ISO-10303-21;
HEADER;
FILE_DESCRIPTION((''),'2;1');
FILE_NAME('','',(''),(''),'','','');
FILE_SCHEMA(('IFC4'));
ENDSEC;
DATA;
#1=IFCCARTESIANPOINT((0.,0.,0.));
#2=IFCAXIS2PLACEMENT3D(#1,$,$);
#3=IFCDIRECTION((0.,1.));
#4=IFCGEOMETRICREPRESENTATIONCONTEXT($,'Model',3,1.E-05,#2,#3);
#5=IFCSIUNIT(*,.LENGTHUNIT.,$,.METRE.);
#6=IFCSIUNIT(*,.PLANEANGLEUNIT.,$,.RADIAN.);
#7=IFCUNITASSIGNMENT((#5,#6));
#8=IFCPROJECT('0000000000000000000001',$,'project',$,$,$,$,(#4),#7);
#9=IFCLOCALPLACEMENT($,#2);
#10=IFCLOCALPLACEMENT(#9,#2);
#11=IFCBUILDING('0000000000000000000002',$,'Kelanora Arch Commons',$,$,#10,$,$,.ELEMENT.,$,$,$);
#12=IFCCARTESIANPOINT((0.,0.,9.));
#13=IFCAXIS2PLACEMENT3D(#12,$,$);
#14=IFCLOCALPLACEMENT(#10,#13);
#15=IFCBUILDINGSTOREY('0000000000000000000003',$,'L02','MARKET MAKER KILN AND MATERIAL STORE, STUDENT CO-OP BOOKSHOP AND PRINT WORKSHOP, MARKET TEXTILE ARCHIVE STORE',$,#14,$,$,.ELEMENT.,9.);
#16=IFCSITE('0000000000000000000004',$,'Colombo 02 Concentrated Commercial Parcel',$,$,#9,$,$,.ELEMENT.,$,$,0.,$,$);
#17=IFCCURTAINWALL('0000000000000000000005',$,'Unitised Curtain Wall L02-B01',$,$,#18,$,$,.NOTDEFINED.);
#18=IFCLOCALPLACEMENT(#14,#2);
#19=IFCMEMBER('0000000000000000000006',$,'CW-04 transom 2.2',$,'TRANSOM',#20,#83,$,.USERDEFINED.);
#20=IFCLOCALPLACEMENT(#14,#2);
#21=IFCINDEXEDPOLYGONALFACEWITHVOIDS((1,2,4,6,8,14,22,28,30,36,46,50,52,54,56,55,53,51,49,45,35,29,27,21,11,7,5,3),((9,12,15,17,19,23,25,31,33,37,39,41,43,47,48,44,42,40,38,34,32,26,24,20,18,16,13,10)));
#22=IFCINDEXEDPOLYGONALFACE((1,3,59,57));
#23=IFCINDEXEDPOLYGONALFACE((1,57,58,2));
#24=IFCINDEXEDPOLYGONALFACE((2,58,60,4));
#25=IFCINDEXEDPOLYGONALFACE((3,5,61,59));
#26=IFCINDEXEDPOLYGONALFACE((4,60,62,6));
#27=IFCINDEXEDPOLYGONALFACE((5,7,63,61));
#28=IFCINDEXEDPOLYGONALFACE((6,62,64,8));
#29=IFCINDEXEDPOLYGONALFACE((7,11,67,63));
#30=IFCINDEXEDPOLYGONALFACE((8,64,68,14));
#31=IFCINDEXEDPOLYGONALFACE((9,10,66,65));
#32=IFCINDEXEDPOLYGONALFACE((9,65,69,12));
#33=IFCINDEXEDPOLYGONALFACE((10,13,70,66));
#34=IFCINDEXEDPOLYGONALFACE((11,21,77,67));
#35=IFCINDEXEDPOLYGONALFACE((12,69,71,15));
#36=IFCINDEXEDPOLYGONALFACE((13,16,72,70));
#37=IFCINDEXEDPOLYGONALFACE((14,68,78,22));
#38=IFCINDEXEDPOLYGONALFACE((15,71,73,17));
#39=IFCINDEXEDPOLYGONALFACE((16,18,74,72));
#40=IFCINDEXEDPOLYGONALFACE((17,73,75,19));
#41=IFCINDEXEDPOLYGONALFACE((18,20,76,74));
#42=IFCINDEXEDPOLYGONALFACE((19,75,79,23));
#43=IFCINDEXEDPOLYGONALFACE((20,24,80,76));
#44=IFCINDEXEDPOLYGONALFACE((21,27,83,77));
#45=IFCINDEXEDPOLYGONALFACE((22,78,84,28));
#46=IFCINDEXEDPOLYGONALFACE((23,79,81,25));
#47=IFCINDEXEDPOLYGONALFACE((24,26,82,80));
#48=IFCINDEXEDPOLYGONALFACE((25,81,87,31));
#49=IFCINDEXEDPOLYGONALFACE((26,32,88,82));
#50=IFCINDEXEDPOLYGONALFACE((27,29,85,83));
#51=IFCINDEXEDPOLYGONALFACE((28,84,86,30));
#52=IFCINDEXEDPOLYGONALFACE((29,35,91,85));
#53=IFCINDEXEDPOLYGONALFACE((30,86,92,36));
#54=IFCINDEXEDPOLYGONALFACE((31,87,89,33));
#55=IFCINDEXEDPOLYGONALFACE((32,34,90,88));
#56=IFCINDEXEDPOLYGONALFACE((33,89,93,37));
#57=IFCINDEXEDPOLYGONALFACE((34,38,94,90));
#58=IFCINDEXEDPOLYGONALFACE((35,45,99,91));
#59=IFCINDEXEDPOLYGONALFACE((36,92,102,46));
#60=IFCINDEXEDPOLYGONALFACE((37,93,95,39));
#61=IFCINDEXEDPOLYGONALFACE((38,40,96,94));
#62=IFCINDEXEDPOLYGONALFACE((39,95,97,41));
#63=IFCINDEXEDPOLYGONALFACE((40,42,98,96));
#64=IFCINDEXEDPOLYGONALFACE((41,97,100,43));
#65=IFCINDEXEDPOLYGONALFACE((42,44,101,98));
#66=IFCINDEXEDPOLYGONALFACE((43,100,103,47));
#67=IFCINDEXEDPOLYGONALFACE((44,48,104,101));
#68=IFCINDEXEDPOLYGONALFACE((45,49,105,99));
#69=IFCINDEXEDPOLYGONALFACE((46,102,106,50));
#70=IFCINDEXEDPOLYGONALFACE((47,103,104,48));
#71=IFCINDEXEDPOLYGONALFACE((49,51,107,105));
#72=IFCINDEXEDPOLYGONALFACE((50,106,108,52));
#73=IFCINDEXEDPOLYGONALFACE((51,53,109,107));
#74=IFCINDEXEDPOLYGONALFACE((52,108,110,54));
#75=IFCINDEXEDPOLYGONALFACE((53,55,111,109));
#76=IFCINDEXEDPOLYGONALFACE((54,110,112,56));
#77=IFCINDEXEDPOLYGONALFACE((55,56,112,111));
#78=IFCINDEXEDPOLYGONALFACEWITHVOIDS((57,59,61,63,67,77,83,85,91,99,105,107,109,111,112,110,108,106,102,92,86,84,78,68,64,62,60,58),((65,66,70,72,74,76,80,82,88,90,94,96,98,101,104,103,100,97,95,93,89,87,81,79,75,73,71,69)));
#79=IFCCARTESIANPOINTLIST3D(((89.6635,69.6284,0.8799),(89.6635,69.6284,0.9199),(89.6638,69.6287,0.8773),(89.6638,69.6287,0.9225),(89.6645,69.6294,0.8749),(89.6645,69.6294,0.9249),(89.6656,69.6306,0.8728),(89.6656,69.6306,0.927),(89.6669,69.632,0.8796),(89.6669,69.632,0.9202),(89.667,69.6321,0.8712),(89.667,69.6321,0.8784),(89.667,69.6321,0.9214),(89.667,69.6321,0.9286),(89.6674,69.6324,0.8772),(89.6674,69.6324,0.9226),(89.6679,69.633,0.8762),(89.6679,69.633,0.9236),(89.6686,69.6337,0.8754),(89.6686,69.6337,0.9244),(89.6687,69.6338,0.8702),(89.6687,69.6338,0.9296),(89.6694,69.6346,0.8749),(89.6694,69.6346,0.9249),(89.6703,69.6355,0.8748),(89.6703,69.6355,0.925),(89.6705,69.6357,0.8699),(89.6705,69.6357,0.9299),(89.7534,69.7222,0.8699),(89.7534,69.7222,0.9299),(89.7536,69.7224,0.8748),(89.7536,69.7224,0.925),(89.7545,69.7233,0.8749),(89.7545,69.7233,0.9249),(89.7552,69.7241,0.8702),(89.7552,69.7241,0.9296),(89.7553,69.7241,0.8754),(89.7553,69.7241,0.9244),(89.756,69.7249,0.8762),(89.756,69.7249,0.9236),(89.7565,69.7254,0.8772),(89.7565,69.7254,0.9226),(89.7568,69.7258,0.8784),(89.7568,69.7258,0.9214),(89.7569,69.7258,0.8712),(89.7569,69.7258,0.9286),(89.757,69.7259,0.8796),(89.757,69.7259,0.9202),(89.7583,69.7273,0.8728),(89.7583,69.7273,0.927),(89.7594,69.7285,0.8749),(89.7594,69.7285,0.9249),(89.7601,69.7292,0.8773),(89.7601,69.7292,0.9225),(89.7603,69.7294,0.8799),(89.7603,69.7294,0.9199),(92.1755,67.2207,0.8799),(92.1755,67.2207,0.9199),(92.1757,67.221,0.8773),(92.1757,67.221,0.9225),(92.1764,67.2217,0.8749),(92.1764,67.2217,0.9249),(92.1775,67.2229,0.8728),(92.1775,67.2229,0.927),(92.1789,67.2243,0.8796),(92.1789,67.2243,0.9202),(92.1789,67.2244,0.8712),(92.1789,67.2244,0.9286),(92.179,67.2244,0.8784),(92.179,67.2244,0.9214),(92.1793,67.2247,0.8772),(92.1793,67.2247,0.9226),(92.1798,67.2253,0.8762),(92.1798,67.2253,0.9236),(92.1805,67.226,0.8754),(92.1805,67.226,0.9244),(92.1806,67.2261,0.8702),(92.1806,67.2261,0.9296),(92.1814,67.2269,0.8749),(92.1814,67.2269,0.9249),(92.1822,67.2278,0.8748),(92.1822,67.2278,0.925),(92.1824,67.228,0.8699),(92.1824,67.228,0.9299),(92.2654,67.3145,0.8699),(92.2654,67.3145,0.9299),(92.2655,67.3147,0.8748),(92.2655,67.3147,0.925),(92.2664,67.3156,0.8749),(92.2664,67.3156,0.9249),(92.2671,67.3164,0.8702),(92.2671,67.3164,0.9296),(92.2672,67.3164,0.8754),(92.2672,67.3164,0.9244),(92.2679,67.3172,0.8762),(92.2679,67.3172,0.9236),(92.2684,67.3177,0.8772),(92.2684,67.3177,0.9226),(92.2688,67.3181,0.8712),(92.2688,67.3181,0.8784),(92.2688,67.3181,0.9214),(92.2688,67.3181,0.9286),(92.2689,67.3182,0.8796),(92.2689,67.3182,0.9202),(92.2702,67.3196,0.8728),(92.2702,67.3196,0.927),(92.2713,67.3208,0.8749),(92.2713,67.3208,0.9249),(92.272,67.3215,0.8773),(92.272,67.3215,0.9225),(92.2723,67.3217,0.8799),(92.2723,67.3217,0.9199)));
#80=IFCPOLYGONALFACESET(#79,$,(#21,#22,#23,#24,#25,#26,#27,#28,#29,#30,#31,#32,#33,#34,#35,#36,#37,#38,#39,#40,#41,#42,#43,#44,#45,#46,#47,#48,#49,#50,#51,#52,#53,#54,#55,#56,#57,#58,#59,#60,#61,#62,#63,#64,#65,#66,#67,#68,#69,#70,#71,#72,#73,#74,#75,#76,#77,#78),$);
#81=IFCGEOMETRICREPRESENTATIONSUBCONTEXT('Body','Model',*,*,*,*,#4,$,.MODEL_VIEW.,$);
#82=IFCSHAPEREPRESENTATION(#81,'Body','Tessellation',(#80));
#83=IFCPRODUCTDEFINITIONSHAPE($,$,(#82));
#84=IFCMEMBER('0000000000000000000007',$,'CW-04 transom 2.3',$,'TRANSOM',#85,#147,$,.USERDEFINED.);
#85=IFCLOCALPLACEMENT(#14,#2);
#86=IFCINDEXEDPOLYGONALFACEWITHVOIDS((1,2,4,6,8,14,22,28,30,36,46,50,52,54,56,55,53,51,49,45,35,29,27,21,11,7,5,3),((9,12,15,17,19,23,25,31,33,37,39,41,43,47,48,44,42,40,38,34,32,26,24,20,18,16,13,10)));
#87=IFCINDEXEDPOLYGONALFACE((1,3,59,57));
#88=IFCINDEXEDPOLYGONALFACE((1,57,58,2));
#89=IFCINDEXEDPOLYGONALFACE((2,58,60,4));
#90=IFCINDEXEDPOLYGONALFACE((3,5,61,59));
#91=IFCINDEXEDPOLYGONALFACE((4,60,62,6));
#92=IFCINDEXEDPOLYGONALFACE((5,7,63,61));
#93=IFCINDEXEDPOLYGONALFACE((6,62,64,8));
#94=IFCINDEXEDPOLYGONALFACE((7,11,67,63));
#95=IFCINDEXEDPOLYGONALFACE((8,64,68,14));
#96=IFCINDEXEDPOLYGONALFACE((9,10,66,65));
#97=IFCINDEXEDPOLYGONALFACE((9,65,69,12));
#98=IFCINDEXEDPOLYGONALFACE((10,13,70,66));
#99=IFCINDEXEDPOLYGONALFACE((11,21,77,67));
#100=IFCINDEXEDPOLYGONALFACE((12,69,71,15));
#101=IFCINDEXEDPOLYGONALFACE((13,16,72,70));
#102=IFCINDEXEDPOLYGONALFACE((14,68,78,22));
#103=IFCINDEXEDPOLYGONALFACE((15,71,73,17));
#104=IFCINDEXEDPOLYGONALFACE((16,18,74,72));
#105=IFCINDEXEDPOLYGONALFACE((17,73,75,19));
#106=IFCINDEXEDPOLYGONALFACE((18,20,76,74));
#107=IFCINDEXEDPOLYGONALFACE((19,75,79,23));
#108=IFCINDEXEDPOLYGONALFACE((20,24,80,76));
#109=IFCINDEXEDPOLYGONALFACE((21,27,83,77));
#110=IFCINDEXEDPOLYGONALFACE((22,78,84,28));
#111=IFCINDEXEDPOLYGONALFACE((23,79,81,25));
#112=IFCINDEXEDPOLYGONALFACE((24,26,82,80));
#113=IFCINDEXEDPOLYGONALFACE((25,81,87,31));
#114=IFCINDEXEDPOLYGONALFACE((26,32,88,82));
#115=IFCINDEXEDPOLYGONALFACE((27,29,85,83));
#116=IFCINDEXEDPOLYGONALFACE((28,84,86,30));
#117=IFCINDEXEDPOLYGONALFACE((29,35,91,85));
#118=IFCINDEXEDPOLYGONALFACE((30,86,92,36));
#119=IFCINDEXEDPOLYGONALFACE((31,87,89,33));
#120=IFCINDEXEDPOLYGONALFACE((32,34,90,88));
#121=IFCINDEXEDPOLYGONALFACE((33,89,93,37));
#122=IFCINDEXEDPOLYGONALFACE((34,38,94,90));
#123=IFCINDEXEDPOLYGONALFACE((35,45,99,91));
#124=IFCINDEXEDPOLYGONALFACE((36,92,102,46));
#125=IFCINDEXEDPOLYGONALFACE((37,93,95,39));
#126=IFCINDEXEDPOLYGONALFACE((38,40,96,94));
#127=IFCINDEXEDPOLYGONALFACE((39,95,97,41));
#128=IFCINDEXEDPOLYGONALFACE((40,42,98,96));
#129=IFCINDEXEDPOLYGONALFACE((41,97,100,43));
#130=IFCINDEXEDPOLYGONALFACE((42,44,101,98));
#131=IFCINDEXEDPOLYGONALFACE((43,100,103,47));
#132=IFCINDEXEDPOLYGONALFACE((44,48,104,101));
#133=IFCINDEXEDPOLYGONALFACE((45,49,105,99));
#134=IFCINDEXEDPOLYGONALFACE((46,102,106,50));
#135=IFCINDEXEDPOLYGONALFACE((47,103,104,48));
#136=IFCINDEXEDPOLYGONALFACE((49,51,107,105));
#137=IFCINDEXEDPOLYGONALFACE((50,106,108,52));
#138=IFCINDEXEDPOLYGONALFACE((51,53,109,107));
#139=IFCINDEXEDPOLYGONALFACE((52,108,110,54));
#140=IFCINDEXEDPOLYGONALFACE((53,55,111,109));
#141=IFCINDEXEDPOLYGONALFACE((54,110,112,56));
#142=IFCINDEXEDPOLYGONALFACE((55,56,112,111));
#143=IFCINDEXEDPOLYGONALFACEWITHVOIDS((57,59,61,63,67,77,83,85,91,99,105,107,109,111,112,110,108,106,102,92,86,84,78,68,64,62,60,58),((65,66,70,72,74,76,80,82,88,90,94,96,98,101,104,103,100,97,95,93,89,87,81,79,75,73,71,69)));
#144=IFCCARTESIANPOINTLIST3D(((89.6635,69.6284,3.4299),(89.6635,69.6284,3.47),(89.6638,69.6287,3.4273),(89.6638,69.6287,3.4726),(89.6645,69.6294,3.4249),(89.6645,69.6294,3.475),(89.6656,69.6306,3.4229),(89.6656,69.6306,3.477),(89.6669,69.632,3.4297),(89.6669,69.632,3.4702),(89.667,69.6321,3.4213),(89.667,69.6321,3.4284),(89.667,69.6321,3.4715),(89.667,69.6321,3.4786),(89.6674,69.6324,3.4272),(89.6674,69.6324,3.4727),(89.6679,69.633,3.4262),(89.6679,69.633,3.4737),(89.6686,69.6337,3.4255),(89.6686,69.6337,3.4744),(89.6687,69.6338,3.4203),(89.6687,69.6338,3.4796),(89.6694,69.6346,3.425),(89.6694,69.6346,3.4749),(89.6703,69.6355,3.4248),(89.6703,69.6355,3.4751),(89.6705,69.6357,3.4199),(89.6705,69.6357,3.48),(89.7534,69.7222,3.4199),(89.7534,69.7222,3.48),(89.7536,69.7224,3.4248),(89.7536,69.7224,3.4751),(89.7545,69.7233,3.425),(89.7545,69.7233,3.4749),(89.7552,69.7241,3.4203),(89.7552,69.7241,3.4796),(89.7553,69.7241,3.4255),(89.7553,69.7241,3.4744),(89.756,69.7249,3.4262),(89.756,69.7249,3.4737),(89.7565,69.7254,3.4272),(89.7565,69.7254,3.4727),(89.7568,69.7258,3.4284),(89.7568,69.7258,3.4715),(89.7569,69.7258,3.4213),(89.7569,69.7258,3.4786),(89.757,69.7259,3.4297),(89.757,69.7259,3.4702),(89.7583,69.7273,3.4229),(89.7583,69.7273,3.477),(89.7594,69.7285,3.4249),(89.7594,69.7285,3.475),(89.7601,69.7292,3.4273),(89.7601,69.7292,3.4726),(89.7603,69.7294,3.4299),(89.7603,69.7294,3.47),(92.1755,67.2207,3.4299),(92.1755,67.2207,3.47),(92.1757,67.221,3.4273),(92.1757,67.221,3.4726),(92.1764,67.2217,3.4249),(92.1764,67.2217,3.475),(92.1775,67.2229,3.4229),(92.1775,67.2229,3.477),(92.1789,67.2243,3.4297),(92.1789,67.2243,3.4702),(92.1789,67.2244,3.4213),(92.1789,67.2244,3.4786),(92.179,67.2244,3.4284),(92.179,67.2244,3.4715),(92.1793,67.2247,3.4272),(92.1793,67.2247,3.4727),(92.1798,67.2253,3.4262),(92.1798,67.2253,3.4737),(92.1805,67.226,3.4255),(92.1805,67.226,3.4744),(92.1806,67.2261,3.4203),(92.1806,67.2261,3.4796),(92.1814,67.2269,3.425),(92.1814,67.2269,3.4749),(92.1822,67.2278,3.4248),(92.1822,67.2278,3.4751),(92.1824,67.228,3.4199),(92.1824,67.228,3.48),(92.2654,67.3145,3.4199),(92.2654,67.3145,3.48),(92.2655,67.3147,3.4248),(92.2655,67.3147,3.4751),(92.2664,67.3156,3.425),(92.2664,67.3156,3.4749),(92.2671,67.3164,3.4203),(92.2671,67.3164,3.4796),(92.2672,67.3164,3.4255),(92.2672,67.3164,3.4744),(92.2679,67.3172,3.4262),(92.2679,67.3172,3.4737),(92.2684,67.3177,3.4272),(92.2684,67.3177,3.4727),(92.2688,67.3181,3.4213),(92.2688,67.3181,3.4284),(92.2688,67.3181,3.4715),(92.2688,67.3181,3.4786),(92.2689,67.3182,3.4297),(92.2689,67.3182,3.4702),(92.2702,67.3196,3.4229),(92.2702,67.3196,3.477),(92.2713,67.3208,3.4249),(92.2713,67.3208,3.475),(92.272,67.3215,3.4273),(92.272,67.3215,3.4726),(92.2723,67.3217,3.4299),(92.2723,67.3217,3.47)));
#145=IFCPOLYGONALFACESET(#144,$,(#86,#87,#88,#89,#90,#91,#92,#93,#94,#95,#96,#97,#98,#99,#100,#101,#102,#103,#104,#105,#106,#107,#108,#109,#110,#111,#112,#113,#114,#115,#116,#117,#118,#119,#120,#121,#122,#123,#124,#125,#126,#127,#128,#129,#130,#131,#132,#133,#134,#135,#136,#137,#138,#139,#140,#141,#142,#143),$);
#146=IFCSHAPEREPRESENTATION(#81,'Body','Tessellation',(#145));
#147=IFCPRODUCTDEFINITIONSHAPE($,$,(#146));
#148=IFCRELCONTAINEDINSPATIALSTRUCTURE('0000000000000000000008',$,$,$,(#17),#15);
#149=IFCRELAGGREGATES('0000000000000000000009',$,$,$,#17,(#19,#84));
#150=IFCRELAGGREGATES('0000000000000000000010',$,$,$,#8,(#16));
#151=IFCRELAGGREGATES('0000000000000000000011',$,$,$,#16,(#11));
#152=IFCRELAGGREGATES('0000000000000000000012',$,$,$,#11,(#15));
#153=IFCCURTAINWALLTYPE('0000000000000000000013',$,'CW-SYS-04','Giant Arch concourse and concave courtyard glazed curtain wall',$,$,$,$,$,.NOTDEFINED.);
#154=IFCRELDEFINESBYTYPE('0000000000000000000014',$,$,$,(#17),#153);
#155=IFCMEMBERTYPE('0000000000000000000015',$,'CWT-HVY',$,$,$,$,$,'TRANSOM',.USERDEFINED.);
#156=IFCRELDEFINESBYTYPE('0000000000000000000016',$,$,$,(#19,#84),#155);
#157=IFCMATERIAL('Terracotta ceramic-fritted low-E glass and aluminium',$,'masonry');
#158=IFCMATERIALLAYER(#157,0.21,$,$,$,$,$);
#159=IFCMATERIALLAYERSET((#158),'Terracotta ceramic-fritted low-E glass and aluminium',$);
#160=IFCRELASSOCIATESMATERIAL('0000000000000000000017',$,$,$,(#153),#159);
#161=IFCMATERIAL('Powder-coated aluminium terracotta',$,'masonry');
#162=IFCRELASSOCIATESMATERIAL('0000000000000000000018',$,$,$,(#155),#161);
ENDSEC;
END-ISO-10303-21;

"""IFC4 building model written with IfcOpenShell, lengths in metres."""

from ifc_helpers import new_model, si_unit, direction, frame, origin, origin_2d, place, context, subcontext, project, spatial, hollow_rectangle, extrude, material, layer, layer_set, material_profile, profile_set, type_object, element, aggregate, save


model = new_model("IFC4")

# Units and contexts
model_context = context("Model", 3, precision=1e-05, world=origin(), true_north=direction((0.0, 1.0)))
body_context = subcontext(model_context, "Body", "Model", "MODEL_VIEW")
ifc_project = project(units=[si_unit("LENGTHUNIT", "METRE"), si_unit("PLANEANGLEUNIT", "RADIAN")], contexts=[model_context])

# Site, building, storey
site_placement = place(None, origin())
site = spatial("IfcSite", under=ifc_project, at=site_placement, Name="Colombo 02 Concentrated Commercial Parcel", CompositionType="ELEMENT", RefElevation=0.0)
building_placement = place(site_placement, origin())
building = spatial("IfcBuilding", under=site, at=building_placement, Name="Kelanora Arch Commons", CompositionType="ELEMENT")
storey_placement = place(building_placement, frame((0.0, 0.0, 9.0)))
storey = spatial("IfcBuildingStorey", under=building, at=storey_placement, Name="L02", Description="MARKET MAKER KILN AND MATERIAL STORE, STUDENT CO-OP BOOKSHOP AND PRINT WORKSHOP, MARKET TEXTILE ARCHIVE STORE", CompositionType="ELEMENT", Elevation=9.0)

# Curtain wall
ifc_material_1 = material(Name="Terracotta ceramic-fritted low-E glass and aluminium", Category="masonry")
ifc_layer_1 = layer(ifc_material_1, 0.21)
ifc_layer_set_1 = layer_set([ifc_layer_1], Name="Terracotta ceramic-fritted low-E glass and aluminium")
curtain_wall_type = type_object("IfcCurtainWallType", Name="CW-SYS-04", Description="Giant Arch concourse and concave courtyard glazed curtain wall", PredefinedType="NOTDEFINED", material=ifc_layer_set_1)
curtain_wall_1_placement = place(storey_placement, origin())
curtain_wall_1 = element("IfcCurtainWall", 1, at=curtain_wall_1_placement, inside=storey, type_object=curtain_wall_type, Name="Unitised Curtain Wall L02-B01", PredefinedType="NOTDEFINED")
ifc_material_2 = material(Name="Powder-coated aluminium terracotta", Category="masonry")

# Members
ifc_material_profile_1 = material_profile(ifc_material_2, hollow_rectangle(XDim=0.1399, YDim=0.0601, WallThickness=0.0049, InnerFilletRadius=0.0049, OuterFilletRadius=0.01, at=origin_2d()), Name="CWT140x60")
ifc_profile_set_1 = profile_set([ifc_material_profile_1], Name="Powder-coated aluminium terracotta")
member_type_1 = type_object("IfcMemberType", Name="CWT-HVY", ElementType="TRANSOM", PredefinedType="USERDEFINED", material=ifc_profile_set_1)
member_1_placement = place(storey_placement, frame((92.2239, 67.2712, 0.8999), z_axis=(-0.721928, 0.691968, 0.0), x_axis=(-0.691968, -0.721928, 0.0)))
member_1 = element("IfcMember", 2, at=member_1_placement, type_object=member_type_1, Name="CW-04 transom 2.2", ObjectType="TRANSOM", PredefinedType="USERDEFINED", context=body_context, shape_type="SweptSolid", body=[
    extrude(hollow_rectangle(XDim=0.1399, YDim=0.0601, WallThickness=0.0049, InnerFilletRadius=0.0049, OuterFilletRadius=0.01, at=origin_2d()), origin(), (0.0, 0.0, 1.0), 3.4795),
])
member_2_placement = place(storey_placement, frame((92.2239, 67.2712, 3.45), z_axis=(-0.721928, 0.691968, 0.0), x_axis=(-0.691968, -0.721928, 0.0)))
member_2 = element("IfcMember", 3, at=member_2_placement, type_object=member_type_1, Name="CW-04 transom 2.3", ObjectType="TRANSOM", PredefinedType="USERDEFINED", context=body_context, shape_type="SweptSolid", body=[
    extrude(hollow_rectangle(XDim=0.1399, YDim=0.0601, WallThickness=0.0049, InnerFilletRadius=0.0049, OuterFilletRadius=0.01, at=origin_2d()), origin(), (0.0, 0.0, 1.0), 3.4795),
])

aggregate(curtain_wall_1, [member_1, member_2])

save(model, "model.ifc")
